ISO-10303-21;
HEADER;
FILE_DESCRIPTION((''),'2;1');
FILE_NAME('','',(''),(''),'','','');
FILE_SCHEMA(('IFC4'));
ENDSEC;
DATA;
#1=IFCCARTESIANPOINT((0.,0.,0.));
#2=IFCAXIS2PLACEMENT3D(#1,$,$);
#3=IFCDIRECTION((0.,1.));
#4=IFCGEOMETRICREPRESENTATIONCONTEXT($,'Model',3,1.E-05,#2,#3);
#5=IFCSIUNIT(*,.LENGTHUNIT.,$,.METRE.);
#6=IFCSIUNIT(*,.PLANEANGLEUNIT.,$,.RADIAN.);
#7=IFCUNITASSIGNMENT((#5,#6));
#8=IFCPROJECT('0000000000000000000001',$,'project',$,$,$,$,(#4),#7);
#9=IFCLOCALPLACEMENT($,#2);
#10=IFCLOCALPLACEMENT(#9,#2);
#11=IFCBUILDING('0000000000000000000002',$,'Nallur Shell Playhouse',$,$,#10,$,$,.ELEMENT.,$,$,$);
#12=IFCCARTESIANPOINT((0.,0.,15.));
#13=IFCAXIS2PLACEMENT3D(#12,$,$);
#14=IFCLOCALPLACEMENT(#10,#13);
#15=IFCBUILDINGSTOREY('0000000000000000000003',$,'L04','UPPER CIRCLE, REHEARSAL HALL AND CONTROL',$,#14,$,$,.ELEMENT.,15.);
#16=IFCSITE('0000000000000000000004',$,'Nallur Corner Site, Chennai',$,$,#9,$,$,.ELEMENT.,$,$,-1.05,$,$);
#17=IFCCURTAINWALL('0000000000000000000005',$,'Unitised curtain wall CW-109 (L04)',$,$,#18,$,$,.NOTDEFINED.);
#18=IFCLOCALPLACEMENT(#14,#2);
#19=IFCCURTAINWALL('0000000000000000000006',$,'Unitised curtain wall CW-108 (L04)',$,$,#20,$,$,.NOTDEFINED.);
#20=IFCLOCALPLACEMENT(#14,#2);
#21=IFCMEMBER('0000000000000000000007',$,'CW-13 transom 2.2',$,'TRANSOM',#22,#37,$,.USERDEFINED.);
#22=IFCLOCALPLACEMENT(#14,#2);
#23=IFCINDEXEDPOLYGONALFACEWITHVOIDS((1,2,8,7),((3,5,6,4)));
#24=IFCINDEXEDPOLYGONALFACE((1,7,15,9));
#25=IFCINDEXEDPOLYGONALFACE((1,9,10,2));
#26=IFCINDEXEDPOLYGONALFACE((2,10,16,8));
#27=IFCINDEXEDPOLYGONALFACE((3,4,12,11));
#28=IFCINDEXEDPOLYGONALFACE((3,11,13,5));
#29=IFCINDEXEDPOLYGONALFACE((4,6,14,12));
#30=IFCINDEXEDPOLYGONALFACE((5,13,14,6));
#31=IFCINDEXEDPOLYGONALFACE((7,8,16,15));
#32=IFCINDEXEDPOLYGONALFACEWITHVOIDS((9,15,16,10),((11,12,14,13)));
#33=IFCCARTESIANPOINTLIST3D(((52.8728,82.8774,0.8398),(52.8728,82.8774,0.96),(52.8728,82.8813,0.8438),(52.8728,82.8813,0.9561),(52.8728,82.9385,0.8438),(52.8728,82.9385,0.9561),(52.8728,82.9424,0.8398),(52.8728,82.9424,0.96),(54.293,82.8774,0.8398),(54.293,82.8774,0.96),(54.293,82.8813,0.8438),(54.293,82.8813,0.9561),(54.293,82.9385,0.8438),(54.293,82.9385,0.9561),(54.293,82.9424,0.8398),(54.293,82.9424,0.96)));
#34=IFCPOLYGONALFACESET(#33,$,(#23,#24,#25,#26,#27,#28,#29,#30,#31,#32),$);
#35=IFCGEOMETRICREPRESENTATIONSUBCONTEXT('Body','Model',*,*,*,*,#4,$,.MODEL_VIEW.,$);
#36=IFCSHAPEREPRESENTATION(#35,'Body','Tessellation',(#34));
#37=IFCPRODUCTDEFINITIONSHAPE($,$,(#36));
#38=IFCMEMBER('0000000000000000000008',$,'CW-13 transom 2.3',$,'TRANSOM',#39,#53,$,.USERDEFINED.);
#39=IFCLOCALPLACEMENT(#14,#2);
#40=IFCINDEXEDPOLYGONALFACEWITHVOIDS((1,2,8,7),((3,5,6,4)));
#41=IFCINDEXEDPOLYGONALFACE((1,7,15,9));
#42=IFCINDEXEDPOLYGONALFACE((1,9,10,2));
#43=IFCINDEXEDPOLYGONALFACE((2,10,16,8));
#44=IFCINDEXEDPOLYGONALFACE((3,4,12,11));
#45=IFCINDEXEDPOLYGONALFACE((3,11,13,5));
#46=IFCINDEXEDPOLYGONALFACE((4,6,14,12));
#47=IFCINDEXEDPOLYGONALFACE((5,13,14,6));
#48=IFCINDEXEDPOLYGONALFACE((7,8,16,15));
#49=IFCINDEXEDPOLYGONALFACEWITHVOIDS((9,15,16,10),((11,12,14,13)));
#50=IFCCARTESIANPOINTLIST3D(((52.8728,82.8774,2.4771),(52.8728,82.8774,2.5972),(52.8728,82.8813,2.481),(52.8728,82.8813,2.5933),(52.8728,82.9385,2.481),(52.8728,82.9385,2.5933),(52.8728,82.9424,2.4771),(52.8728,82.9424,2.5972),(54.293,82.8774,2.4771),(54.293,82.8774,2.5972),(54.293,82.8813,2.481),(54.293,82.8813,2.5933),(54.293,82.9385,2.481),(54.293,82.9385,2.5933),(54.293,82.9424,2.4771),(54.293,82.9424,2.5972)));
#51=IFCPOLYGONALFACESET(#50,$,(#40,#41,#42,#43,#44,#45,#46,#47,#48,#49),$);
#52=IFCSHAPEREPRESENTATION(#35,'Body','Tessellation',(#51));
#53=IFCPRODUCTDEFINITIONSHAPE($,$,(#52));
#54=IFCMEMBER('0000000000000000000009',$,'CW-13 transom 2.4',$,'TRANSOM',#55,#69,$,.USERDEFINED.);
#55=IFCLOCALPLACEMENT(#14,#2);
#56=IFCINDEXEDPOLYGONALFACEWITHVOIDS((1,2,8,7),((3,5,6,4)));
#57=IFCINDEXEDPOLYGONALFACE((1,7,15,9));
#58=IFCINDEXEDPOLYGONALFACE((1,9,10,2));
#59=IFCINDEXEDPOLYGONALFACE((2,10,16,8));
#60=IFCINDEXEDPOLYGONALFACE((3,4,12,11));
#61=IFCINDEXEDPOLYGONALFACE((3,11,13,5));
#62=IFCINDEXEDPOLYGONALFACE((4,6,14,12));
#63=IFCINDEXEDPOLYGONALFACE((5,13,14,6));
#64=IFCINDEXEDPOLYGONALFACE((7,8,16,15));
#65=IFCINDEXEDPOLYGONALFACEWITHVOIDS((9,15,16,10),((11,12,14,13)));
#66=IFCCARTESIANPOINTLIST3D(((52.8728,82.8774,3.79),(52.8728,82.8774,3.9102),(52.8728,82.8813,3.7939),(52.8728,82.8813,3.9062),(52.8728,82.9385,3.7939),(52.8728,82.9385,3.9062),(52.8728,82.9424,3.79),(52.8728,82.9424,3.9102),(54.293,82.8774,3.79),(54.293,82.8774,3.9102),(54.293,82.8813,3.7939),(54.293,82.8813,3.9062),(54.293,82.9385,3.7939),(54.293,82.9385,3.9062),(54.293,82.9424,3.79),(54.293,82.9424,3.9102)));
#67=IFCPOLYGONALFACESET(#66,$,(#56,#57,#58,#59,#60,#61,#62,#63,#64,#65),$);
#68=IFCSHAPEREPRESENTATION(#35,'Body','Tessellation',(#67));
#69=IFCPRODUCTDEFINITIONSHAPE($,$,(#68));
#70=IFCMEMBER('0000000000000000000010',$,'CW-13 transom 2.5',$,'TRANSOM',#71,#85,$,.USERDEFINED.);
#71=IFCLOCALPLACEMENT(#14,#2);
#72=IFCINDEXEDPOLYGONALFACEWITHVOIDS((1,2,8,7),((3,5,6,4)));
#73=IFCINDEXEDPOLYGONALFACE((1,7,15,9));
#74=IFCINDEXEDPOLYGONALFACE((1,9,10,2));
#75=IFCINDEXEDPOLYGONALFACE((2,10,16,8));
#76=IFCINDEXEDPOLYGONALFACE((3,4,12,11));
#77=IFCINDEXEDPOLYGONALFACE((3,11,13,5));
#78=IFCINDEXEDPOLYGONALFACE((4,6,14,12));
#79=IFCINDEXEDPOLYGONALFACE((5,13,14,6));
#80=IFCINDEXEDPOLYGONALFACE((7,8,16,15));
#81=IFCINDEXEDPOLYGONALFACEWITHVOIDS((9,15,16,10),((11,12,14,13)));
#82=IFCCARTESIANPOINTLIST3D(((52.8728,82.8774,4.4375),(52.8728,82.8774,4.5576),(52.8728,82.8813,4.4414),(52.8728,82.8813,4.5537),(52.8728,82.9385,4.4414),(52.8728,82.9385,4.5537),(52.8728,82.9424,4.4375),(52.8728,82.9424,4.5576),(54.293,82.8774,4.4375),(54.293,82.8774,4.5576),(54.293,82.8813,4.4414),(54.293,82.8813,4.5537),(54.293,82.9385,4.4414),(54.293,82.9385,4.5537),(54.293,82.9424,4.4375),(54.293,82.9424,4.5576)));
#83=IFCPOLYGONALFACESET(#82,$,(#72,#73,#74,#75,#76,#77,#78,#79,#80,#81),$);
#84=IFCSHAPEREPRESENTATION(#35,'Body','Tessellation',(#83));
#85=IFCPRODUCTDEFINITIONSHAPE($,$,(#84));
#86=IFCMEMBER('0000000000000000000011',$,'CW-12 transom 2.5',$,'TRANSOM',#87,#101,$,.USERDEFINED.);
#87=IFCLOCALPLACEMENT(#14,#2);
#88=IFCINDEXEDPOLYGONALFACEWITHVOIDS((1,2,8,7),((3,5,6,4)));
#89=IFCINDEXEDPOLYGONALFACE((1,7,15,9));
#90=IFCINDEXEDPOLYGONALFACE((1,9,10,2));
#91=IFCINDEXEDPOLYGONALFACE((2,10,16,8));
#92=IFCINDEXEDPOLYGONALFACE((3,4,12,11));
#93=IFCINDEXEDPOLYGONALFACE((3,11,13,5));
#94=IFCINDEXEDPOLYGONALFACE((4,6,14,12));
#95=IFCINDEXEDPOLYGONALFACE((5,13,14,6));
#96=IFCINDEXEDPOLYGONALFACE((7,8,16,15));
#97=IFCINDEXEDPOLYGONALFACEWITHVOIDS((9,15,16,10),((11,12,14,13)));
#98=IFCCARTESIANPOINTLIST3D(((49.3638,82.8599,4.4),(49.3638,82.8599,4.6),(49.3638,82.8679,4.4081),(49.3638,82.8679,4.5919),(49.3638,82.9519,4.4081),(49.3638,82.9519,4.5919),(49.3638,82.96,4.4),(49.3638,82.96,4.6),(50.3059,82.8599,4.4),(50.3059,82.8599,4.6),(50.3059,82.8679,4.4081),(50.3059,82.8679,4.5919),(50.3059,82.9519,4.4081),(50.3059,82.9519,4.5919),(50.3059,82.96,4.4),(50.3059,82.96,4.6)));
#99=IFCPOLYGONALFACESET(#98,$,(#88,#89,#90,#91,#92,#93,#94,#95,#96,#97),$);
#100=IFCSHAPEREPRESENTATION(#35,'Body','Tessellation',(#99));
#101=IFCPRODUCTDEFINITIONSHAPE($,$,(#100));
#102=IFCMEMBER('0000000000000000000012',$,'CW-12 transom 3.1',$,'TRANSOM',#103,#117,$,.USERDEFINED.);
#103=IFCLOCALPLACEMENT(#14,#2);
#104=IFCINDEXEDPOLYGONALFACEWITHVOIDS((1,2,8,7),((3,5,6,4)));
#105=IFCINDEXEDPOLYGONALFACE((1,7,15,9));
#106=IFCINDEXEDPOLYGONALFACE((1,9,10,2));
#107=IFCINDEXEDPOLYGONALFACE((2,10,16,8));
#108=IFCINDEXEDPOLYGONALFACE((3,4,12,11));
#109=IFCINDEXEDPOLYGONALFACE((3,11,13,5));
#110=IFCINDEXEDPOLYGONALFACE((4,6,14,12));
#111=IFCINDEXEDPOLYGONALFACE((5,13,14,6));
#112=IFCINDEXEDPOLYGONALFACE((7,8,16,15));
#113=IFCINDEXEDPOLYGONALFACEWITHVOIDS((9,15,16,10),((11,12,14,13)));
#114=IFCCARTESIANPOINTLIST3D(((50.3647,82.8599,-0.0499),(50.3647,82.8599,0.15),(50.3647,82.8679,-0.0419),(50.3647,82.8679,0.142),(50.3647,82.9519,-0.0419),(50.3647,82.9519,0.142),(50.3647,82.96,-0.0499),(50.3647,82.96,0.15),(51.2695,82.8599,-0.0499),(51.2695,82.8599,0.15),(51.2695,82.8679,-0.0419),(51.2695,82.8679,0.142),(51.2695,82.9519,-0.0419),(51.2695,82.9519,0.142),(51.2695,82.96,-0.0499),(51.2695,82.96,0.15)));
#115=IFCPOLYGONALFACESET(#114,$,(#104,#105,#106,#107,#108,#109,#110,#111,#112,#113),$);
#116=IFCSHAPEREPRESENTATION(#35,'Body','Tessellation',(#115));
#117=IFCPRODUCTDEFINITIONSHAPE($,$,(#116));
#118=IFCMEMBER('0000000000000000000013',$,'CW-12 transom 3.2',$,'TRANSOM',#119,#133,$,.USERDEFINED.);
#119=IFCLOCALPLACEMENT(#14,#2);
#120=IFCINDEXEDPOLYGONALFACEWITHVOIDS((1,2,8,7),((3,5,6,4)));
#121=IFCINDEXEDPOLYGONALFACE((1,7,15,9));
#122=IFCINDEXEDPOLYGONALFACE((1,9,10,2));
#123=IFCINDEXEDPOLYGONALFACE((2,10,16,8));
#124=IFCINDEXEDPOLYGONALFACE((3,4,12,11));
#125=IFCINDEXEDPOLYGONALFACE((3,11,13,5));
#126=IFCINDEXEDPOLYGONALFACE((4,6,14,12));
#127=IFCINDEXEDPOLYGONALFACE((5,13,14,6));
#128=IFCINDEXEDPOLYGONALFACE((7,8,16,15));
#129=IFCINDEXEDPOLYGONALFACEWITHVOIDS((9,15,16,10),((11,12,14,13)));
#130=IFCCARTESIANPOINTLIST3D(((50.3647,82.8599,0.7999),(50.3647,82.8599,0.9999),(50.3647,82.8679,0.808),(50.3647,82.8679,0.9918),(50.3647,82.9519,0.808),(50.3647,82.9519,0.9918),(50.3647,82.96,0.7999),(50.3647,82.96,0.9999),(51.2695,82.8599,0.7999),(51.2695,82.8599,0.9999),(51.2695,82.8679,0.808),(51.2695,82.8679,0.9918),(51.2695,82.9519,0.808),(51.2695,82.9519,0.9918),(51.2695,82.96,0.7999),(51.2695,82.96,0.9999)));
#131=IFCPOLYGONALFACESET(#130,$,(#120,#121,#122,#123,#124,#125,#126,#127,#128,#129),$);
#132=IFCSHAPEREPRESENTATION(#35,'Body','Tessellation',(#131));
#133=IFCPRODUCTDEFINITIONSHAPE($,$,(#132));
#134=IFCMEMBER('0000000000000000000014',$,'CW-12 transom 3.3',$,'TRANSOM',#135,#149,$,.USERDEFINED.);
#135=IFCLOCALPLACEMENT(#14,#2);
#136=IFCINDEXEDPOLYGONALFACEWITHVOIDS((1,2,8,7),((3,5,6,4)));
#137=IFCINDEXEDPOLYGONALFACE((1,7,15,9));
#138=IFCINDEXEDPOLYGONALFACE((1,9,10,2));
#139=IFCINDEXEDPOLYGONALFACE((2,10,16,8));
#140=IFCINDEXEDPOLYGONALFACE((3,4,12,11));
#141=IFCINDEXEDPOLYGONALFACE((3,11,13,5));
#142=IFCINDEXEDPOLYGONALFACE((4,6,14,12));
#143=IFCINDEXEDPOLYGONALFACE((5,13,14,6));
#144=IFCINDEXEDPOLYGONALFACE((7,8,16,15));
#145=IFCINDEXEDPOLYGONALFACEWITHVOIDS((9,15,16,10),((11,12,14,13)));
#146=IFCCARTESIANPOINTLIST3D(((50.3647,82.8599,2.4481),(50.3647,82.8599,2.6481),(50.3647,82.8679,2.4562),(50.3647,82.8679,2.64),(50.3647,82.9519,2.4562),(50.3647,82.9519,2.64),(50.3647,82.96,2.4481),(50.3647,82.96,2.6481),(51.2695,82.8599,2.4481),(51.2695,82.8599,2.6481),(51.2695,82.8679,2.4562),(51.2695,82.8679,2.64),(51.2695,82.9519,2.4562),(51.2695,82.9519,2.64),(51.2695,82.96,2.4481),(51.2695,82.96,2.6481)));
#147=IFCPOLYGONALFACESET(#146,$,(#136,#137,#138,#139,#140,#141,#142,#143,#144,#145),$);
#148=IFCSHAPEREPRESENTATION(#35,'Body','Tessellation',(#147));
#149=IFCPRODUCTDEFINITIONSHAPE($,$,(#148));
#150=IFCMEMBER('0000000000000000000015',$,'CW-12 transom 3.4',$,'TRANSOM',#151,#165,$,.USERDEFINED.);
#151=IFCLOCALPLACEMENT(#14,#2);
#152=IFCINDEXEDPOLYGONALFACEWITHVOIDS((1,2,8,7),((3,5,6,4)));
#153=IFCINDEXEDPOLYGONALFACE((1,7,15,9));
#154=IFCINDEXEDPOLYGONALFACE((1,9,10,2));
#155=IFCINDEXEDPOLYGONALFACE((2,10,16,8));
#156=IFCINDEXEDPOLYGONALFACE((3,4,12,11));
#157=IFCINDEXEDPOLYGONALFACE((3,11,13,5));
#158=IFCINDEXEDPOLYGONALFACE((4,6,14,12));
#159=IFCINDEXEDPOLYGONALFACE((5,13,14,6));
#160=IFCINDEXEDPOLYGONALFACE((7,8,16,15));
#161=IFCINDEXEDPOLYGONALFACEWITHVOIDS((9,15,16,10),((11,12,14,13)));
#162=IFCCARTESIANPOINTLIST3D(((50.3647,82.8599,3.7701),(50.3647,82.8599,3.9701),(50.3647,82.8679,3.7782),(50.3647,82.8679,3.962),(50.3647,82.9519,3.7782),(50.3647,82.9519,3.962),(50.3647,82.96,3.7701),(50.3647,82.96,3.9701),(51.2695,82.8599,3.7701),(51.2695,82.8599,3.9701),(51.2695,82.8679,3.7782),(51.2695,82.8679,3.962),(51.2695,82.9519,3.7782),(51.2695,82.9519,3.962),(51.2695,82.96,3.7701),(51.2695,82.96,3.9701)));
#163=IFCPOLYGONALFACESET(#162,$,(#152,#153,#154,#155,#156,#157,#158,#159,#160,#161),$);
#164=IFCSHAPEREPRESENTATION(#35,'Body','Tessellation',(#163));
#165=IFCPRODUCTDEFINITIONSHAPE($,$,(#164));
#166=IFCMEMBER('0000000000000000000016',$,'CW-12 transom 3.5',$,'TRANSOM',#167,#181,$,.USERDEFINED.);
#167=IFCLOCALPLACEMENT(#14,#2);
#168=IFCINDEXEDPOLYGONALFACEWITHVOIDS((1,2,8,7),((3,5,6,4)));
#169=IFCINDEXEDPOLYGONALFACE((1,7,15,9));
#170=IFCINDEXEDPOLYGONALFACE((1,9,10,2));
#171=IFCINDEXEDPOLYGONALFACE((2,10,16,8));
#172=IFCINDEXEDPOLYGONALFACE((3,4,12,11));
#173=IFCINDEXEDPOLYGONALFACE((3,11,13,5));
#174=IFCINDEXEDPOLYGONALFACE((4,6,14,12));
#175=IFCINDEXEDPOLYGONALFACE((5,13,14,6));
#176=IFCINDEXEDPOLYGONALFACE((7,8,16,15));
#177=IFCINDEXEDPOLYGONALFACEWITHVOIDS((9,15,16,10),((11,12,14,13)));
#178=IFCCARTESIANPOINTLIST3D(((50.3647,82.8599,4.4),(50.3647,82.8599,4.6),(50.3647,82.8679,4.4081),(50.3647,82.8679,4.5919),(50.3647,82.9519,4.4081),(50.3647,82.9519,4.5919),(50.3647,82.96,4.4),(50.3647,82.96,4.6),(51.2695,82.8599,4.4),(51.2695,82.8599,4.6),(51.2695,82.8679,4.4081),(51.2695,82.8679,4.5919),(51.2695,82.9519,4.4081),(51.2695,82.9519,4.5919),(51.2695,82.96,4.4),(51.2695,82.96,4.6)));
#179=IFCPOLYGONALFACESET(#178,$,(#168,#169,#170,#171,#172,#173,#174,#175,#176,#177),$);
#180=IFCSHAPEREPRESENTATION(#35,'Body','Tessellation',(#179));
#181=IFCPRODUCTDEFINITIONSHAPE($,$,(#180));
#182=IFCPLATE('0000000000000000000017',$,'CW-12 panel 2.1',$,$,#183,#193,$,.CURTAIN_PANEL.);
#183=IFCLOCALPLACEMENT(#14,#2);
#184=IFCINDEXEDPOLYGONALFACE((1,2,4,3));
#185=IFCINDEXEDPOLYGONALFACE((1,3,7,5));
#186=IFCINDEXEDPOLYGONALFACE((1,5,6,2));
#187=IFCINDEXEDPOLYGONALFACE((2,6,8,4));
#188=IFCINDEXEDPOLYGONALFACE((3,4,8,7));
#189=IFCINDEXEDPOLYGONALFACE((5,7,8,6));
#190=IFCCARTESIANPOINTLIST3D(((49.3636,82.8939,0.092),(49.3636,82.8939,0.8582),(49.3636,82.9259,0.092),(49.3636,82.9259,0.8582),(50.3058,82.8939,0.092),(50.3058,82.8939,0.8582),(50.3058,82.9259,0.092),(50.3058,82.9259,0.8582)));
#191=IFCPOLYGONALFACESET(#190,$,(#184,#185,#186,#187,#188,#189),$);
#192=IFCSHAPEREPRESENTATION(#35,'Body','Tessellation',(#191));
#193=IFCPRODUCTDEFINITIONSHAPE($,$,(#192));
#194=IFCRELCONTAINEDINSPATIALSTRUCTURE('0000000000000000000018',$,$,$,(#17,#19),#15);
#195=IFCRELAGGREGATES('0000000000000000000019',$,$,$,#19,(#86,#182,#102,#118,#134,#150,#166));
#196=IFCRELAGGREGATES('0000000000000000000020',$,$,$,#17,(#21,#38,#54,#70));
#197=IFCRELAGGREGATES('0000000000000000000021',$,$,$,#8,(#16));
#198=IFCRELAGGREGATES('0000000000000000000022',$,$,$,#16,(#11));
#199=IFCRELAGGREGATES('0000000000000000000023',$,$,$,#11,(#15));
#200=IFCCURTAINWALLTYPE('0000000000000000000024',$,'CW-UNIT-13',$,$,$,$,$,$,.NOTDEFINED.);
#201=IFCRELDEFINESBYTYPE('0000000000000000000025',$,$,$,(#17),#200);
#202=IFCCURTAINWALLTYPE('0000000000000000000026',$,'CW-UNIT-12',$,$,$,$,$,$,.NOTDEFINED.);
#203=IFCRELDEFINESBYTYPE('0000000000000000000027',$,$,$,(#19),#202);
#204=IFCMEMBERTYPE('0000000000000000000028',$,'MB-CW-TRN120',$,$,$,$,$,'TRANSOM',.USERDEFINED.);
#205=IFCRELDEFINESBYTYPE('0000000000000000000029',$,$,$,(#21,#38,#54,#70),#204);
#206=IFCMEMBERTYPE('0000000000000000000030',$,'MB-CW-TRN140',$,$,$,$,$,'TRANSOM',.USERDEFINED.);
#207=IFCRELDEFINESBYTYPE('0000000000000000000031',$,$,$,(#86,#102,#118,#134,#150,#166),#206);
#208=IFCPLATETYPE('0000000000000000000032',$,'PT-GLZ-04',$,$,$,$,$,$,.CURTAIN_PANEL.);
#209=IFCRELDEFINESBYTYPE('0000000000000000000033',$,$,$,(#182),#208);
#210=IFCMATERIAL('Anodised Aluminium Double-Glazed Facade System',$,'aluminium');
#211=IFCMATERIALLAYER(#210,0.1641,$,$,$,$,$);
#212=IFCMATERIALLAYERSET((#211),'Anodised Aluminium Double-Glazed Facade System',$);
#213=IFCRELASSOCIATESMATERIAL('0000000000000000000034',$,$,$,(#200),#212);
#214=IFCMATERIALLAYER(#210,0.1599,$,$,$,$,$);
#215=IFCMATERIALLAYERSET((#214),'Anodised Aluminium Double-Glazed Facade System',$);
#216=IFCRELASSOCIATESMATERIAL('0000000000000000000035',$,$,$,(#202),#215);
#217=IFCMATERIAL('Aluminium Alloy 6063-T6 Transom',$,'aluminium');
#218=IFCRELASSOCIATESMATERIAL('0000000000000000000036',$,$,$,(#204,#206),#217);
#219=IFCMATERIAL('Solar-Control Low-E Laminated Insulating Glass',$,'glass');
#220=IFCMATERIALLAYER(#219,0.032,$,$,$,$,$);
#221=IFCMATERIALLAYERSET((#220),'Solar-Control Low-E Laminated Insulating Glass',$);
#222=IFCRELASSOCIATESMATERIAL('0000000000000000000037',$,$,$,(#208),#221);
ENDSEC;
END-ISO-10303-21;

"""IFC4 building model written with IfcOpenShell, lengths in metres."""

from ifc_helpers import new_model, si_unit, direction, frame, origin, origin_2d, place, context, subcontext, project, spatial, rectangle, hollow_rectangle, extrude, material, layer, layer_set, material_profile, profile_set, type_object, element, aggregate, save


model = new_model("IFC4")

# Units and contexts
model_context = context("Model", 3, precision=1e-05, world=origin(), true_north=direction((0.0, 1.0)))
body_context = subcontext(model_context, "Body", "Model", "MODEL_VIEW")
ifc_project = project(units=[si_unit("LENGTHUNIT", "METRE"), si_unit("PLANEANGLEUNIT", "RADIAN")], contexts=[model_context])

# Site, building, storey
site_placement = place(None, origin())
site = spatial("IfcSite", under=ifc_project, at=site_placement, Name="Nallur Corner Site, Chennai", CompositionType="ELEMENT", RefElevation=-1.05)
building_placement = place(site_placement, origin())
building = spatial("IfcBuilding", under=site, at=building_placement, Name="Nallur Shell Playhouse", CompositionType="ELEMENT")
storey_placement = place(building_placement, frame((0.0, 0.0, 15.0)))
storey = spatial("IfcBuildingStorey", under=building, at=storey_placement, Name="L04", Description="UPPER CIRCLE, REHEARSAL HALL AND CONTROL", CompositionType="ELEMENT", Elevation=15.0)

# Curtain walls
ifc_material_1 = material(Name="Anodised Aluminium Double-Glazed Facade System", Category="aluminium")
ifc_layer_1 = layer(ifc_material_1, 0.1641)
ifc_layer_set_1 = layer_set([ifc_layer_1], Name="Anodised Aluminium Double-Glazed Facade System")
curtain_wall_type_1 = type_object("IfcCurtainWallType", Name="CW-UNIT-13", PredefinedType="NOTDEFINED", material=ifc_layer_set_1)
curtain_wall_1_placement = place(storey_placement, origin())
curtain_wall_1 = element("IfcCurtainWall", 1, at=curtain_wall_1_placement, inside=storey, type_object=curtain_wall_type_1, Name="Unitised curtain wall CW-109 (L04)", PredefinedType="NOTDEFINED")
ifc_layer_2 = layer(ifc_material_1, 0.1599)
ifc_layer_set_2 = layer_set([ifc_layer_2], Name="Anodised Aluminium Double-Glazed Facade System")
curtain_wall_type_2 = type_object("IfcCurtainWallType", Name="CW-UNIT-12", PredefinedType="NOTDEFINED", material=ifc_layer_set_2)
curtain_wall_2_placement = place(storey_placement, origin())
curtain_wall_2 = element("IfcCurtainWall", 2, at=curtain_wall_2_placement, inside=storey, type_object=curtain_wall_type_2, Name="Unitised curtain wall CW-108 (L04)", PredefinedType="NOTDEFINED")

# Members
ifc_material_2 = material(Name="Aluminium Alloy 6063-T6 Transom", Category="aluminium")
ifc_material_profile_1 = material_profile(ifc_material_2, hollow_rectangle(XDim=0.0649, YDim=0.1201, WallThickness=0.0039, at=origin_2d()), Name="ALU 65x120x4")
ifc_profile_set_1 = profile_set([ifc_material_profile_1], Name="Aluminium Alloy 6063-T6 Transom")
member_type_1 = type_object("IfcMemberType", Name="MB-CW-TRN120", ElementType="TRANSOM", PredefinedType="USERDEFINED", material=ifc_profile_set_1)
member_1_placement = place(storey_placement, frame((52.8728, 82.9099, 0.8999), z_axis=(1.0, 0.0, 0.0), x_axis=(0.0, 1.0, 0.0)))
member_1 = element("IfcMember", 3, at=member_1_placement, type_object=member_type_1, Name="CW-13 transom 2.2", ObjectType="TRANSOM", PredefinedType="USERDEFINED", context=body_context, shape_type="SweptSolid", body=[
    extrude(hollow_rectangle(XDim=0.0649, YDim=0.1201, WallThickness=0.0039, at=origin_2d()), origin(), (0.0, 0.0, 1.0), 1.4202),
])
member_2_placement = place(storey_placement, frame((52.8728, 82.9099, 2.5371), z_axis=(1.0, 0.0, 0.0), x_axis=(0.0, 1.0, 0.0)))
member_2 = element("IfcMember", 4, at=member_2_placement, type_object=member_type_1, Name="CW-13 transom 2.3", ObjectType="TRANSOM", PredefinedType="USERDEFINED", context=body_context, shape_type="SweptSolid", body=[
    extrude(hollow_rectangle(XDim=0.0649, YDim=0.1201, WallThickness=0.0039, at=origin_2d()), origin(), (0.0, 0.0, 1.0), 1.4202),
])
member_3_placement = place(storey_placement, frame((52.8728, 82.9099, 3.8501), z_axis=(1.0, 0.0, 0.0), x_axis=(0.0, 1.0, 0.0)))
member_3 = element("IfcMember", 5, at=member_3_placement, type_object=member_type_1, Name="CW-13 transom 2.4", ObjectType="TRANSOM", PredefinedType="USERDEFINED", context=body_context, shape_type="SweptSolid", body=[
    extrude(hollow_rectangle(XDim=0.0649, YDim=0.1201, WallThickness=0.0039, at=origin_2d()), origin(), (0.0, 0.0, 1.0), 1.4202),
])
member_4_placement = place(storey_placement, frame((52.8728, 82.9099, 4.4976), z_axis=(1.0, 0.0, 0.0), x_axis=(0.0, 1.0, 0.0)))
member_4 = element("IfcMember", 6, at=member_4_placement, type_object=member_type_1, Name="CW-13 transom 2.5", ObjectType="TRANSOM", PredefinedType="USERDEFINED", context=body_context, shape_type="SweptSolid", body=[
    extrude(hollow_rectangle(XDim=0.0649, YDim=0.1201, WallThickness=0.0039, at=origin_2d()), origin(), (0.0, 0.0, 1.0), 1.4202),
])
ifc_material_profile_2 = material_profile(ifc_material_2, hollow_rectangle(XDim=0.1001, YDim=0.2, WallThickness=0.0081, at=origin_2d()), Name="RHS 200x100x8")
ifc_profile_set_2 = profile_set([ifc_material_profile_2], Name="Aluminium Alloy 6063-T6 Transom")
member_type_2 = type_object("IfcMemberType", Name="MB-CW-TRN140", ElementType="TRANSOM", PredefinedType="USERDEFINED", material=ifc_profile_set_2)
member_5_placement = place(storey_placement, frame((49.3638, 82.9099, 4.5), z_axis=(1.0, 0.0, 0.0), x_axis=(0.0, 1.0, 0.0)))
member_5 = element("IfcMember", 7, at=member_5_placement, type_object=member_type_2, Name="CW-12 transom 2.5", ObjectType="TRANSOM", PredefinedType="USERDEFINED", context=body_context, shape_type="SweptSolid", body=[
    extrude(hollow_rectangle(XDim=0.1001, YDim=0.2, WallThickness=0.0081, at=origin_2d()), origin(), (0.0, 0.0, 1.0), 0.9421),
])
member_6_placement = place(storey_placement, frame((50.3647, 82.9099, 0.05), z_axis=(1.0, 0.0, 0.0), x_axis=(0.0, 1.0, 0.0)))
member_6 = element("IfcMember", 8, at=member_6_placement, type_object=member_type_2, Name="CW-12 transom 3.1", ObjectType="TRANSOM", PredefinedType="USERDEFINED", context=body_context, shape_type="SweptSolid", body=[
    extrude(hollow_rectangle(XDim=0.1001, YDim=0.2, WallThickness=0.0081, at=origin_2d()), origin(), (0.0, 0.0, 1.0), 0.9048),
])
member_7_placement = place(storey_placement, frame((50.3647, 82.9099, 0.8999), z_axis=(1.0, 0.0, 0.0), x_axis=(0.0, 1.0, 0.0)))
member_7 = element("IfcMember", 9, at=member_7_placement, type_object=member_type_2, Name="CW-12 transom 3.2", ObjectType="TRANSOM", PredefinedType="USERDEFINED", context=body_context, shape_type="SweptSolid", body=[
    extrude(hollow_rectangle(XDim=0.1001, YDim=0.2, WallThickness=0.0081, at=origin_2d()), origin(), (0.0, 0.0, 1.0), 0.9048),
])
member_8_placement = place(storey_placement, frame((50.3647, 82.9099, 2.5481), z_axis=(1.0, 0.0, 0.0), x_axis=(0.0, 1.0, 0.0)))
member_8 = element("IfcMember", 10, at=member_8_placement, type_object=member_type_2, Name="CW-12 transom 3.3", ObjectType="TRANSOM", PredefinedType="USERDEFINED", context=body_context, shape_type="SweptSolid", body=[
    extrude(hollow_rectangle(XDim=0.1001, YDim=0.2, WallThickness=0.0081, at=origin_2d()), origin(), (0.0, 0.0, 1.0), 0.9048),
])
member_9_placement = place(storey_placement, frame((50.3647, 82.9099, 3.8701), z_axis=(1.0, 0.0, 0.0), x_axis=(0.0, 1.0, 0.0)))
member_9 = element("IfcMember", 11, at=member_9_placement, type_object=member_type_2, Name="CW-12 transom 3.4", ObjectType="TRANSOM", PredefinedType="USERDEFINED", context=body_context, shape_type="SweptSolid", body=[
    extrude(hollow_rectangle(XDim=0.1001, YDim=0.2, WallThickness=0.0081, at=origin_2d()), origin(), (0.0, 0.0, 1.0), 0.9048),
])
member_10_placement = place(storey_placement, frame((50.3647, 82.9099, 4.5), z_axis=(1.0, 0.0, 0.0), x_axis=(0.0, 1.0, 0.0)))
member_10 = element("IfcMember", 12, at=member_10_placement, type_object=member_type_2, Name="CW-12 transom 3.5", ObjectType="TRANSOM", PredefinedType="USERDEFINED", context=body_context, shape_type="SweptSolid", body=[
    extrude(hollow_rectangle(XDim=0.1001, YDim=0.2, WallThickness=0.0081, at=origin_2d()), origin(), (0.0, 0.0, 1.0), 0.9048),
])

# Plate
ifc_material_3 = material(Name="Solar-Control Low-E Laminated Insulating Glass", Category="glass")
ifc_layer_3 = layer(ifc_material_3, 0.032)
ifc_layer_set_3 = layer_set([ifc_layer_3], Name="Solar-Control Low-E Laminated Insulating Glass")
plate_type_1 = type_object("IfcPlateType", Name="PT-GLZ-04", PredefinedType="CURTAIN_PANEL", material=ifc_layer_set_3)
plate_1_placement = place(storey_placement, frame((49.8347, 82.9099, 0.092), z_axis=(0.0, 0.0, 1.0), x_axis=(1.0, 0.0, 0.0)))
plate_1 = element("IfcPlate", 13, at=plate_1_placement, type_object=plate_type_1, Name="CW-12 panel 2.1", PredefinedType="CURTAIN_PANEL", context=body_context, shape_type="SweptSolid", body=[
    extrude(rectangle(XDim=0.9421, YDim=0.032, at=origin_2d()), origin(), (0.0, 0.0, 1.0), 0.7661),
])
aggregate(curtain_wall_2, [member_5, plate_1, member_6, member_7, member_8, member_9, member_10])
aggregate(curtain_wall_1, [member_1, member_2, member_3, member_4])

save(model, "model.ifc")
